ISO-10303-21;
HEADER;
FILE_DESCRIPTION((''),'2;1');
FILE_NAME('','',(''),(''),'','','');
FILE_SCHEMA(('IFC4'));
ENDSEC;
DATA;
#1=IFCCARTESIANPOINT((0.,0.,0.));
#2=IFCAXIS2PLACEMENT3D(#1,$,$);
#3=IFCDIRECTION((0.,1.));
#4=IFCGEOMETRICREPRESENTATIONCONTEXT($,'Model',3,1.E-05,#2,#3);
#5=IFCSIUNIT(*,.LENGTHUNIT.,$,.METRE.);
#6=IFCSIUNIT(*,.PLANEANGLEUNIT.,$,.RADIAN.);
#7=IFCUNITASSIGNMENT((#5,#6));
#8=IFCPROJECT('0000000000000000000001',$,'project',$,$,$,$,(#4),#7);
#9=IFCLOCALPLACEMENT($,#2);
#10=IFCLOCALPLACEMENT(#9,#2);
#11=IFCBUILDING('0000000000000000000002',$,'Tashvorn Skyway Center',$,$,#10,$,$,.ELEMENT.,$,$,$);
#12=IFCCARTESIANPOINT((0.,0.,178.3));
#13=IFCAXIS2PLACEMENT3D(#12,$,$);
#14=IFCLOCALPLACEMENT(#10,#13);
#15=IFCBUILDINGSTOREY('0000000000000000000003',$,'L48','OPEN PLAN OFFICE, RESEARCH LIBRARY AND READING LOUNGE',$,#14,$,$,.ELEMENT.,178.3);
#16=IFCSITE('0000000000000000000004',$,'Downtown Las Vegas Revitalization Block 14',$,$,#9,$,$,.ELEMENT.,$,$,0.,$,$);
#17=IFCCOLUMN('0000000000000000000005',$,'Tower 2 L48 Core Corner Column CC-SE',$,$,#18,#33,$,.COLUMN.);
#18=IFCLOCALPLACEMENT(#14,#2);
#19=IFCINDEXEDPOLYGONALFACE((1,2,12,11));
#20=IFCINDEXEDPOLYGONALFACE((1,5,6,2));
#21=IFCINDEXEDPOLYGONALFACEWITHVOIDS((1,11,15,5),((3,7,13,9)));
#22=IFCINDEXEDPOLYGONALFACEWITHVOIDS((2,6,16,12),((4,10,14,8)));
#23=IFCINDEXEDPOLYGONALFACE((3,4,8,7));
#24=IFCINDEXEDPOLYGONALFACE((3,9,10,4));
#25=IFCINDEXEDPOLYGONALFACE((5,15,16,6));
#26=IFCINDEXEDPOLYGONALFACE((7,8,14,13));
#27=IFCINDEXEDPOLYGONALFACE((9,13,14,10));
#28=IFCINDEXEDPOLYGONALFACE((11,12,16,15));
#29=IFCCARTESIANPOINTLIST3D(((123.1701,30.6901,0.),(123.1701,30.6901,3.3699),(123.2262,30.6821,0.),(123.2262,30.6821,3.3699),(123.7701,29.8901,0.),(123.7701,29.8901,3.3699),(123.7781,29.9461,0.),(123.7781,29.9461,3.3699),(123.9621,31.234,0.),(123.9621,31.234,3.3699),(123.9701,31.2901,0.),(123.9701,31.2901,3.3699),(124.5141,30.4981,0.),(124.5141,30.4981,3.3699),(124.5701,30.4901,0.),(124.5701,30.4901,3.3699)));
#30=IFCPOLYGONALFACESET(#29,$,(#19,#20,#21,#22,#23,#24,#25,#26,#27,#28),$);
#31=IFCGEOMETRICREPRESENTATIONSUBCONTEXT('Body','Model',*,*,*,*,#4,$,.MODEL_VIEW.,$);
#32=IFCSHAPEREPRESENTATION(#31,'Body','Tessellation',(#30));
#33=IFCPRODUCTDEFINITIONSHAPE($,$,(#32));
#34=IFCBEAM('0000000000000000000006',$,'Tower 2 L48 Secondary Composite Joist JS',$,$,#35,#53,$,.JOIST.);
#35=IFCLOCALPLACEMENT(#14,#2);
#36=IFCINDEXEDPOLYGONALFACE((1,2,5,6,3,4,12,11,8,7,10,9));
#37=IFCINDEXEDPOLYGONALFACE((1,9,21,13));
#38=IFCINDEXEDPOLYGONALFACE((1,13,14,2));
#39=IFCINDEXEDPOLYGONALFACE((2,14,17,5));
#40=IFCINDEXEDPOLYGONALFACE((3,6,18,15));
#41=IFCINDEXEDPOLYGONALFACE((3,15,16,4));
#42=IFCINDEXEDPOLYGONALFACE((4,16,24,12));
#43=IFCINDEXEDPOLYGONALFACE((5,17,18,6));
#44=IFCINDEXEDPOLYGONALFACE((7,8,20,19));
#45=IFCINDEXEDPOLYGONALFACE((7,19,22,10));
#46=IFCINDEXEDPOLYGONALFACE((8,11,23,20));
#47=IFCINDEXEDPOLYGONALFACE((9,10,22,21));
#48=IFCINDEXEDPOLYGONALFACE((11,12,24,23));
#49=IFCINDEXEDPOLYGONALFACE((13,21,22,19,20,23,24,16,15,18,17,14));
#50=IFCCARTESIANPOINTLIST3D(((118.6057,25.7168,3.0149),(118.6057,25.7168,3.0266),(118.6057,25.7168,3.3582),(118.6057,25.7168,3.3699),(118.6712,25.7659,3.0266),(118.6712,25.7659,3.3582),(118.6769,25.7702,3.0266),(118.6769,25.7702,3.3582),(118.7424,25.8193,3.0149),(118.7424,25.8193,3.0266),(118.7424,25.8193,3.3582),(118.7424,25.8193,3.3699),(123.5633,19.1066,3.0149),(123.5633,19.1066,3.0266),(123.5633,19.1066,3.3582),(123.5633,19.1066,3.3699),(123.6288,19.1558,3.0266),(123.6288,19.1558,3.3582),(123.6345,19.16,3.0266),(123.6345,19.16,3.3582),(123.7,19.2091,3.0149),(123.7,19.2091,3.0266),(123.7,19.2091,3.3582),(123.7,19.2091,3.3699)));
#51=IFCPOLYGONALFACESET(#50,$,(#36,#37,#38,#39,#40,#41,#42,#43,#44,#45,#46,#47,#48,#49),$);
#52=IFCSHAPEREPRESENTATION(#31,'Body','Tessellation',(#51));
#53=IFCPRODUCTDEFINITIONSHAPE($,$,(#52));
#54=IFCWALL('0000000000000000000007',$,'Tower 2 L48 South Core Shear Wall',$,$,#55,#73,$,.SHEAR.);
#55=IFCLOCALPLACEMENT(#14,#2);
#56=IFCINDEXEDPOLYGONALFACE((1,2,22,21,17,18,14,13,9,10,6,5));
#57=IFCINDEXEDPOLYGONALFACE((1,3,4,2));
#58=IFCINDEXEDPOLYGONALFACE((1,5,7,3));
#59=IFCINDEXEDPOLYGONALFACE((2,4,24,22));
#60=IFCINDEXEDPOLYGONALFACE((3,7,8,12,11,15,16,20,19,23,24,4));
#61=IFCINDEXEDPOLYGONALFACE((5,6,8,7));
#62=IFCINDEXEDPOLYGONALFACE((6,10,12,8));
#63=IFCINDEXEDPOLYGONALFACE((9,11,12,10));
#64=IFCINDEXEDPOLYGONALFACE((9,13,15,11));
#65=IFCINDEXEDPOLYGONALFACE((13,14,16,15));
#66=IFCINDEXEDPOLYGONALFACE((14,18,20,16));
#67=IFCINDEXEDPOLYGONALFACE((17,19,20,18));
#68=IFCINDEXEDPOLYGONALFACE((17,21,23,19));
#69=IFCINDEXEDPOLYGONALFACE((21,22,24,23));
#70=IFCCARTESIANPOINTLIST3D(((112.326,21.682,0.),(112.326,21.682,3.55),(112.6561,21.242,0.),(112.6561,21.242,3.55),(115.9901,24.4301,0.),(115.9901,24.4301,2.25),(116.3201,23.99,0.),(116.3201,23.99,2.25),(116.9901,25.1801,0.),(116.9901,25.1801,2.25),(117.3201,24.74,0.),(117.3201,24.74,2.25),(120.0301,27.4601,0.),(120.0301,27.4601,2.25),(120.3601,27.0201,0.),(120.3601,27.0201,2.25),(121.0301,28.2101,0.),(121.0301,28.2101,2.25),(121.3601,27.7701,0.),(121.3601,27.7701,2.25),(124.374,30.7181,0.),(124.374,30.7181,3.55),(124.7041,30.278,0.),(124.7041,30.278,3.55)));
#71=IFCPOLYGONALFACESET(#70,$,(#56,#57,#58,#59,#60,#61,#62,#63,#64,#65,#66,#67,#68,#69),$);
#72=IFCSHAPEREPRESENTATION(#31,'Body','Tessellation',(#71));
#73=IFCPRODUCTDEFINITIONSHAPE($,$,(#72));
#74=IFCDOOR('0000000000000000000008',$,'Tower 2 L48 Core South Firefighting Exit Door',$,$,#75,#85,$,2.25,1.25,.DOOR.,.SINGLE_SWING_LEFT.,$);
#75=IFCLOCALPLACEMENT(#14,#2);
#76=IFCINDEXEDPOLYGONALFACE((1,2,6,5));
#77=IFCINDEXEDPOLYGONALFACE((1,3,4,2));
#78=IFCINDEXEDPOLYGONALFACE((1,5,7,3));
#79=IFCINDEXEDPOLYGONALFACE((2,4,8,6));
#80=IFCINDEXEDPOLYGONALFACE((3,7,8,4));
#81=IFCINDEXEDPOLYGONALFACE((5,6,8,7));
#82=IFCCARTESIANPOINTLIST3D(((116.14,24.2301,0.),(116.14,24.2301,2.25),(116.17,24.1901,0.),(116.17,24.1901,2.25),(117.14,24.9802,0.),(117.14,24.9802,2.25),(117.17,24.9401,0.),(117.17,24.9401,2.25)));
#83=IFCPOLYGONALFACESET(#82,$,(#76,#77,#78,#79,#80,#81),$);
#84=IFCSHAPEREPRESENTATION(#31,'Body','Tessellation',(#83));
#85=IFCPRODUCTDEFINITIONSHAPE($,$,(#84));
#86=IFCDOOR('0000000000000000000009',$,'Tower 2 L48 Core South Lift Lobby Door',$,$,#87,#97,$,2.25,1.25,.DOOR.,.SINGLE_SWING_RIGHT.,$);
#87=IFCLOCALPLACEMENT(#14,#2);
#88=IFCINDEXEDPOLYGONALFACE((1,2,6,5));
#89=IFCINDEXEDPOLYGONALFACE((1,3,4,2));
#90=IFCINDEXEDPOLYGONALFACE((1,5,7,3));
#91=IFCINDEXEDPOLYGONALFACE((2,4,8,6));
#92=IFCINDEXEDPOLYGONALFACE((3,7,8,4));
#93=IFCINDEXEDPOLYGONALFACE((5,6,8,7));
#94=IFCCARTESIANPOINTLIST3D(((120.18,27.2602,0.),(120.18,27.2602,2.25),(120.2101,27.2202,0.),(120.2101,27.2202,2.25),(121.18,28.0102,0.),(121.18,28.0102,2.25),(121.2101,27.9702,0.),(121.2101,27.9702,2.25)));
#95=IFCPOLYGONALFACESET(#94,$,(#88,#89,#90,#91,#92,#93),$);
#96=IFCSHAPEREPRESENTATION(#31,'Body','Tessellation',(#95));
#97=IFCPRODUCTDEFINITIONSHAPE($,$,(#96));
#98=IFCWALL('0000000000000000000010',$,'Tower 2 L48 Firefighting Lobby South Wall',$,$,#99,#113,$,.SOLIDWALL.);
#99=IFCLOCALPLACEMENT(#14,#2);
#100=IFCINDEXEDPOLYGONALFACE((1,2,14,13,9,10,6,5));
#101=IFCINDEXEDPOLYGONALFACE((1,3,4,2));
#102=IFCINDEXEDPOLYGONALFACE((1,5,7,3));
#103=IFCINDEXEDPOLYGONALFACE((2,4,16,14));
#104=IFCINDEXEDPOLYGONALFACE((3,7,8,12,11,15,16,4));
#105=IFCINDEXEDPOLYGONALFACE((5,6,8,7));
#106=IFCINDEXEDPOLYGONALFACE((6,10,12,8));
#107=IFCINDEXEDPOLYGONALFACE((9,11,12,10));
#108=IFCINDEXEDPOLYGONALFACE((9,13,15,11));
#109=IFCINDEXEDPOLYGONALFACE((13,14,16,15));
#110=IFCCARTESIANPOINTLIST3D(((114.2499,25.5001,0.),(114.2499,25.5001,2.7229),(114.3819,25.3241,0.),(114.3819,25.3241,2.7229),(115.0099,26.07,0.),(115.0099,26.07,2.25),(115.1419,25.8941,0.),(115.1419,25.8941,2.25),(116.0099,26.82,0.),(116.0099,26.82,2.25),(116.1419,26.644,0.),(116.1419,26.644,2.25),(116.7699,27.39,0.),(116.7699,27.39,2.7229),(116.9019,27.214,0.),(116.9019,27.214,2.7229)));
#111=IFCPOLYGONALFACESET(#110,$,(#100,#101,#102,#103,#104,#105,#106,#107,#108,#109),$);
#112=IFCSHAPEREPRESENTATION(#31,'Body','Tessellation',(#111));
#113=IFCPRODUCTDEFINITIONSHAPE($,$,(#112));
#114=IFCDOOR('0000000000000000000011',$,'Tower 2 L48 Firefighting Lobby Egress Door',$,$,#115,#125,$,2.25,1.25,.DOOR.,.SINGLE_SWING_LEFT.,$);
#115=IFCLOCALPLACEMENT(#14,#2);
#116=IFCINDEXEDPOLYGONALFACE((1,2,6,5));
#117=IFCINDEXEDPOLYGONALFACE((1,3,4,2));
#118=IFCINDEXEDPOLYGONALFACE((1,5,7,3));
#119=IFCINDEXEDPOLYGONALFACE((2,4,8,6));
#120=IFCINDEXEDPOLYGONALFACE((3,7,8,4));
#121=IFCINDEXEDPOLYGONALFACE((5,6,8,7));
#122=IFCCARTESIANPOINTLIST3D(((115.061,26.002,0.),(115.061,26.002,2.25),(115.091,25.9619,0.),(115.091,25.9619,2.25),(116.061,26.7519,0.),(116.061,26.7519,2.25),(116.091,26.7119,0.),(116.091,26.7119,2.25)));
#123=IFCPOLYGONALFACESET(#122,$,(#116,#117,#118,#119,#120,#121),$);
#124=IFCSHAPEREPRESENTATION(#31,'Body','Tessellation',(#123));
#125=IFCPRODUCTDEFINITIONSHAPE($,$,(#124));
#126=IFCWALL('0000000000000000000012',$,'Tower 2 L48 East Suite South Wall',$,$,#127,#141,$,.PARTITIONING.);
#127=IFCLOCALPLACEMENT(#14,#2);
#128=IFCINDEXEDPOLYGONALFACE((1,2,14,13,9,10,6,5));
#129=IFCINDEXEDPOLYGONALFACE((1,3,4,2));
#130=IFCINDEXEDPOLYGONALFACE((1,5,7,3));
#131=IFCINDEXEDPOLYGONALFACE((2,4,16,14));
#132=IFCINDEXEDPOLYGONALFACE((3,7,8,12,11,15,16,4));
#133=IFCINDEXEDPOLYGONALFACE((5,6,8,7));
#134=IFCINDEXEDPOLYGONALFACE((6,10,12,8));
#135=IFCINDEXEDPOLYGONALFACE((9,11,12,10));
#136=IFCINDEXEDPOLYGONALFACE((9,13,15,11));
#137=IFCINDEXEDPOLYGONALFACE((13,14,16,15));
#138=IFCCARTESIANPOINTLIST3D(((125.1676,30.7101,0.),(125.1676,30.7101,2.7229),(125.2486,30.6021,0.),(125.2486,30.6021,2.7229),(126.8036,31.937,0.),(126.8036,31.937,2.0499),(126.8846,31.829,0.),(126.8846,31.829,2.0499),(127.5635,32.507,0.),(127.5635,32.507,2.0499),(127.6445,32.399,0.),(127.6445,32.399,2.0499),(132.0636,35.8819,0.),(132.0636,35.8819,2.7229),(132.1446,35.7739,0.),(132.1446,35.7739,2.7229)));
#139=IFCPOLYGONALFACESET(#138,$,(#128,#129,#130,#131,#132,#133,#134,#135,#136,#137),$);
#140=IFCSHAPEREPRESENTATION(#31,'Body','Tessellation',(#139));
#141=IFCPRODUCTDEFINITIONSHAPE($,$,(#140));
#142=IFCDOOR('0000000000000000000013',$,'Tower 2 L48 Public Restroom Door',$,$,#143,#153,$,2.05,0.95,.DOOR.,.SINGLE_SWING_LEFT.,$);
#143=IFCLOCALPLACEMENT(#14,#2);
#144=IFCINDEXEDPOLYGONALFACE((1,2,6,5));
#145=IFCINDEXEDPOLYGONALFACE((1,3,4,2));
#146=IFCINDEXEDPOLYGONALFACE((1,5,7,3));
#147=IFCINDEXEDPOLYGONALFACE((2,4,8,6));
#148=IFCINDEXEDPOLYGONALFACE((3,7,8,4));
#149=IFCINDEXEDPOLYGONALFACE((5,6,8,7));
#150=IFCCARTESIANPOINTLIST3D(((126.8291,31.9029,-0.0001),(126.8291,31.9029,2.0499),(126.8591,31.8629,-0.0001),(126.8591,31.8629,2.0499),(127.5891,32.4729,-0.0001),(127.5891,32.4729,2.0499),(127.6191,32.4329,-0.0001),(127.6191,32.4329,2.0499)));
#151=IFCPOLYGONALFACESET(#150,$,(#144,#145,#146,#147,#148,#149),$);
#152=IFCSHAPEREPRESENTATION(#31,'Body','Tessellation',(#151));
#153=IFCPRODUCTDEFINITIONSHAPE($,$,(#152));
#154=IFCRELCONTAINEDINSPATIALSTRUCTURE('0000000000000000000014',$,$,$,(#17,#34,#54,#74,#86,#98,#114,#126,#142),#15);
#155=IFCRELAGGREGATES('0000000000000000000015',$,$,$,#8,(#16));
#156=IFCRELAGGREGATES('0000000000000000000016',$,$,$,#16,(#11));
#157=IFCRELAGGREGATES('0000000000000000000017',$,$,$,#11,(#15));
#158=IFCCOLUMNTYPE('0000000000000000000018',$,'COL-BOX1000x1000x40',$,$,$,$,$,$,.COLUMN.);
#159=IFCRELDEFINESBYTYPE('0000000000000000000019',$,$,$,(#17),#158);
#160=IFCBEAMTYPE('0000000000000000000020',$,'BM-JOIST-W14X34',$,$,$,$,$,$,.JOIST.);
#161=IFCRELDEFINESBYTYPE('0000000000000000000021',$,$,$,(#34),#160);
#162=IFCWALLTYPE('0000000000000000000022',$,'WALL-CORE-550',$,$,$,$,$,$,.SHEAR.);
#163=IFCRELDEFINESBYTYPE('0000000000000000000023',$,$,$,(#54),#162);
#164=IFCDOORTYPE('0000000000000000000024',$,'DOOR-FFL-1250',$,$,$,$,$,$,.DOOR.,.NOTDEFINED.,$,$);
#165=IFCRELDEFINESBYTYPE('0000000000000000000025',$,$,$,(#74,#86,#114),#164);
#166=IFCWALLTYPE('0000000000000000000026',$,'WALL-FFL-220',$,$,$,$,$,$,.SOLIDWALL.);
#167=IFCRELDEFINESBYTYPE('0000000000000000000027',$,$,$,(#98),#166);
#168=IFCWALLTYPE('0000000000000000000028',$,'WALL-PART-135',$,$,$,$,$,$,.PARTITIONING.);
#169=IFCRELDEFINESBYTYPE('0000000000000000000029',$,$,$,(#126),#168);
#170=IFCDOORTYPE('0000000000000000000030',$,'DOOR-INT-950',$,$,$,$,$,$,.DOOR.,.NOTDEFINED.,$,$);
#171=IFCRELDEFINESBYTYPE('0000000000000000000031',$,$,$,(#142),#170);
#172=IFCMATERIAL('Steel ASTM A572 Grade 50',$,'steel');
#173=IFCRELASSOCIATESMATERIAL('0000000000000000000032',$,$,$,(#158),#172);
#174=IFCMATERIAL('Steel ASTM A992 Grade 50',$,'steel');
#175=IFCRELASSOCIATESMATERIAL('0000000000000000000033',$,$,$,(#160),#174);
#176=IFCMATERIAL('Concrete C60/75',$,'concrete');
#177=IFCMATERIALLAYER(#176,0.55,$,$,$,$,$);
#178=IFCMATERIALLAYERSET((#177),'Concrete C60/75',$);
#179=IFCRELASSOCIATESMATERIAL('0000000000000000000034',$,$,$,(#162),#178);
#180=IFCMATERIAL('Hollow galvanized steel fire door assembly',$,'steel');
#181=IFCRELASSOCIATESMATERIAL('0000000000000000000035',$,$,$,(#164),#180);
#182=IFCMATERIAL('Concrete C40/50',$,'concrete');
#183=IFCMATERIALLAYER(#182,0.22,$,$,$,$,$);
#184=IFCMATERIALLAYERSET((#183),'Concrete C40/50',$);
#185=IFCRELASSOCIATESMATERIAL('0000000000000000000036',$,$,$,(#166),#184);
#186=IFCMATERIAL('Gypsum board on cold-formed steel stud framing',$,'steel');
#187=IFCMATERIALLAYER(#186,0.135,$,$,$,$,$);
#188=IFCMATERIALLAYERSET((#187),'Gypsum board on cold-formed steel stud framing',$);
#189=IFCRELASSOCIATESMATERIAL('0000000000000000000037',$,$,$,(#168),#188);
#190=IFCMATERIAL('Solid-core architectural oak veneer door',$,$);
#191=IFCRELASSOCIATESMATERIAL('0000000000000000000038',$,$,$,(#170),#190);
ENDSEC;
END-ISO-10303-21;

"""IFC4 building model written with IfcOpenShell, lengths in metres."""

from ifc_helpers import new_model, si_unit, direction, frame, frame_2d, origin, origin_2d, place, context, subcontext, project, spatial, rectangle, hollow_rectangle, i_section, extrude, material, layer, layer_set, material_profile, profile_set, type_object, element, fill, save


model = new_model("IFC4")

# Units and contexts
model_context = context("Model", 3, precision=1e-05, world=origin(), true_north=direction((0.0, 1.0)))
body_context = subcontext(model_context, "Body", "Model", "MODEL_VIEW")
ifc_project = project(units=[si_unit("LENGTHUNIT", "METRE"), si_unit("PLANEANGLEUNIT", "RADIAN")], contexts=[model_context])

# Site, building, storey
site_placement = place(None, origin())
site = spatial("IfcSite", under=ifc_project, at=site_placement, Name="Downtown Las Vegas Revitalization Block 14", CompositionType="ELEMENT", RefElevation=0.0)
building_placement = place(site_placement, origin())
building = spatial("IfcBuilding", under=site, at=building_placement, Name="Tashvorn Skyway Center", CompositionType="ELEMENT")
storey_placement = place(building_placement, frame((0.0, 0.0, 178.3)))
storey = spatial("IfcBuildingStorey", under=building, at=storey_placement, Name="L48", Description="OPEN PLAN OFFICE, RESEARCH LIBRARY AND READING LOUNGE", CompositionType="ELEMENT", Elevation=178.3)

# Column
ifc_material_1 = material(Name="Steel ASTM A572 Grade 50", Category="steel")
ifc_material_profile_1 = material_profile(ifc_material_1, hollow_rectangle(XDim=1.0, YDim=1.0, WallThickness=0.04, at=origin_2d()), Name="BOX1000x1000x40")
ifc_profile_set_1 = profile_set([ifc_material_profile_1], Name="Steel ASTM A572 Grade 50")
column_type = type_object("IfcColumnType", Name="COL-BOX1000x1000x40", PredefinedType="COLUMN", material=ifc_profile_set_1)
column_placement = place(storey_placement, frame((123.8701, 30.5901, 0.0), z_axis=(0.0, 0.0, 1.0), x_axis=(0.8, 0.6, 0.0)))
element("IfcColumn", 1, at=column_placement, inside=storey, type_object=column_type, Name="Tower 2 L48 Core Corner Column CC-SE", PredefinedType="COLUMN", context=body_context, shape_type="SweptSolid", body=[
    extrude(hollow_rectangle(XDim=1.0, YDim=1.0, WallThickness=0.04, at=origin_2d()), origin(), (0.0, 0.0, 1.0), 3.3699),
])

# Beam
ifc_material_2 = material(Name="Steel ASTM A992 Grade 50", Category="steel")
ifc_material_profile_2 = material_profile(ifc_material_2, i_section(OverallWidth=0.1709, OverallDepth=0.355, WebThickness=0.0071, FlangeThickness=0.0117, at=origin_2d()), Name="W14X34")
ifc_profile_set_2 = profile_set([ifc_material_profile_2], Name="Steel ASTM A992 Grade 50")
beam_type = type_object("IfcBeamType", Name="BM-JOIST-W14X34", PredefinedType="JOIST", material=ifc_profile_set_2)
beam_placement = place(storey_placement, frame((118.6741, 25.7681, 3.1924), z_axis=(0.599995, -0.800004, 0.0), x_axis=(0.800004, 0.599995, 0.0)))
element("IfcBeam", 2, at=beam_placement, inside=storey, type_object=beam_type, Name="Tower 2 L48 Secondary Composite Joist JS", PredefinedType="JOIST", context=body_context, shape_type="SweptSolid", body=[
    extrude(i_section(OverallWidth=0.1709, OverallDepth=0.355, WebThickness=0.0071, FlangeThickness=0.0117, at=origin_2d()), origin(), (0.0, 0.0, 1.0), 8.2627),
])

# Wall, openings, doors
ifc_material_3 = material(Name="Concrete C60/75", Category="concrete")
ifc_layer_1 = layer(ifc_material_3, 0.55)
ifc_layer_set_1 = layer_set([ifc_layer_1], Name="Concrete C60/75")
wall_type_1 = type_object("IfcWallType", Name="WALL-CORE-550", PredefinedType="SHEAR", material=ifc_layer_set_1)
wall_1_placement = place(storey_placement, frame((124.5391, 30.498, 0.0), z_axis=(0.0, 0.0, 1.0), x_axis=(-0.799998, -0.600003, 0.0)))
wall_1 = element("IfcWall", 3, at=wall_1_placement, inside=storey, type_object=wall_type_1, Name="Tower 2 L48 South Core Shear Wall", PredefinedType="SHEAR", context=body_context, shape_type="SweptSolid", body=[
    extrude(rectangle(XDim=15.0601, YDim=0.55, at=frame_2d((7.53, 0.0))), origin(), (0.0, 0.0, 1.0), 3.55),
])
opening_1_placement = place(wall_1_placement, frame((9.23, 0.0, 0.0)))
opening_1 = element("IfcOpeningElement", 4, at=opening_1_placement, cuts=wall_1, PredefinedType="OPENING", context=body_context, shape_type="SweptSolid", body=[
    extrude(rectangle(XDim=1.25, YDim=2.25, at=frame_2d((0.625, 1.125))), frame((0.0, 0.2849, 0.0), z_axis=(0.0, -1.0, 0.0), x_axis=(1.0, 0.0, 0.0)), (0.0, 0.0, 1.0), 0.5701),
])
opening_2_placement = place(wall_1_placement, frame((4.1799, 0.0, 0.0)))
opening_2 = element("IfcOpeningElement", 5, at=opening_2_placement, cuts=wall_1, PredefinedType="OPENING", context=body_context, shape_type="SweptSolid", body=[
    extrude(rectangle(XDim=1.25, YDim=2.25, at=frame_2d((0.625, 1.125))), frame((0.0, 0.2849, 0.0), z_axis=(0.0, -1.0, 0.0), x_axis=(1.0, 0.0, 0.0)), (0.0, 0.0, 1.0), 0.5701),
])
ifc_material_4 = material(Name="Hollow galvanized steel fire door assembly", Category="steel")
door_type_1 = type_object("IfcDoorType", Name="DOOR-FFL-1250", OperationType="NOTDEFINED", PredefinedType="DOOR", material=ifc_material_4)
door_1_placement = place(opening_1_placement, origin())
door_1 = element("IfcDoor", 6, at=door_1_placement, inside=storey, type_object=door_type_1, Name="Tower 2 L48 Core South Firefighting Exit Door", OperationType="SINGLE_SWING_LEFT", OverallHeight=2.25, OverallWidth=1.25, PredefinedType="DOOR", context=body_context, shape_type="SweptSolid", body=[
    extrude(rectangle(XDim=1.25, YDim=2.25, at=frame_2d((0.625, 1.125))), frame((0.0, 0.0249, 0.0), z_axis=(0.0, -1.0, 0.0), x_axis=(1.0, 0.0, 0.0)), (0.0, 0.0, 1.0), 0.05),
])
fill(opening_1, door_1)
door_2_placement = place(opening_2_placement, origin())
door_2 = element("IfcDoor", 7, at=door_2_placement, inside=storey, type_object=door_type_1, Name="Tower 2 L48 Core South Lift Lobby Door", OperationType="SINGLE_SWING_RIGHT", OverallHeight=2.25, OverallWidth=1.25, PredefinedType="DOOR", context=body_context, shape_type="SweptSolid", body=[
    extrude(rectangle(XDim=1.25, YDim=2.25, at=frame_2d((0.625, 1.125))), frame((0.0, 0.0249, 0.0), z_axis=(0.0, -1.0, 0.0), x_axis=(1.0, 0.0, 0.0)), (0.0, 0.0, 1.0), 0.05),
])
fill(opening_2, door_2)

# Walls, openings, doors
ifc_material_5 = material(Name="Concrete C40/50", Category="concrete")
ifc_layer_2 = layer(ifc_material_5, 0.22)
ifc_layer_set_2 = layer_set([ifc_layer_2], Name="Concrete C40/50")
wall_type_2 = type_object("IfcWallType", Name="WALL-FFL-220", PredefinedType="SOLIDWALL", material=ifc_layer_set_2)
wall_2_placement = place(storey_placement, frame((114.3159, 25.4121, 0.0), z_axis=(0.0, 0.0, 1.0), x_axis=(0.800019, 0.599975, 0.0)))
wall_2 = element("IfcWall", 8, at=wall_2_placement, inside=storey, type_object=wall_type_2, Name="Tower 2 L48 Firefighting Lobby South Wall", PredefinedType="SOLIDWALL", context=body_context, shape_type="SweptSolid", body=[
    extrude(rectangle(XDim=3.1499, YDim=0.22, at=frame_2d((1.575, 0.0))), origin(), (0.0, 0.0, 1.0), 2.7229),
])
opening_3_placement = place(wall_2_placement, frame((0.95, 0.0, 0.0)))
opening_3 = element("IfcOpeningElement", 9, at=opening_3_placement, cuts=wall_2, PredefinedType="OPENING", context=body_context, shape_type="SweptSolid", body=[
    extrude(rectangle(XDim=1.25, YDim=2.25, at=frame_2d((0.625, 1.125))), frame((0.0, 0.1199, 0.0), z_axis=(0.0, -1.0, 0.0), x_axis=(1.0, 0.0, 0.0)), (0.0, 0.0, 1.0), 0.24),
])
door_3_placement = place(opening_3_placement, origin())
door_3 = element("IfcDoor", 10, at=door_3_placement, inside=storey, type_object=door_type_1, Name="Tower 2 L48 Firefighting Lobby Egress Door", OperationType="SINGLE_SWING_LEFT", OverallHeight=2.25, OverallWidth=1.25, PredefinedType="DOOR", context=body_context, shape_type="SweptSolid", body=[
    extrude(rectangle(XDim=1.25, YDim=2.25, at=frame_2d((0.625, 1.125))), frame((0.0, 0.0249, 0.0), z_axis=(0.0, -1.0, 0.0), x_axis=(1.0, 0.0, 0.0)), (0.0, 0.0, 1.0), 0.05),
])
fill(opening_3, door_3)
ifc_material_6 = material(Name="Gypsum board on cold-formed steel stud framing", Category="steel")
ifc_layer_3 = layer(ifc_material_6, 0.135)
ifc_layer_set_3 = layer_set([ifc_layer_3], Name="Gypsum board on cold-formed steel stud framing")
wall_type_3 = type_object("IfcWallType", Name="WALL-PART-135", PredefinedType="PARTITIONING", material=ifc_layer_set_3)
wall_3_placement = place(storey_placement, frame((125.208, 30.656, 0.0), z_axis=(0.0, 0.0, 1.0), x_axis=(0.800007, 0.599991, 0.0)))
wall_3 = element("IfcWall", 11, at=wall_3_placement, inside=storey, type_object=wall_type_3, Name="Tower 2 L48 East Suite South Wall", PredefinedType="PARTITIONING", context=body_context, shape_type="SweptSolid", body=[
    extrude(rectangle(XDim=8.6199, YDim=0.135, at=frame_2d((4.3101, 0.0))), origin(), (0.0, 0.0, 1.0), 2.7229),
])
opening_4_placement = place(wall_3_placement, frame((2.0449, 0.0, 0.0)))
opening_4 = element("IfcOpeningElement", 12, at=opening_4_placement, cuts=wall_3, PredefinedType="OPENING", context=body_context, shape_type="SweptSolid", body=[
    extrude(rectangle(XDim=0.95, YDim=2.05, at=frame_2d((0.4751, 1.0249))), frame((0.0, 0.0774, 0.0), z_axis=(0.0, -1.0, 0.0), x_axis=(1.0, 0.0, 0.0)), (0.0, 0.0, 1.0), 0.155),
])
ifc_material_7 = material(Name="Solid-core architectural oak veneer door")
door_type_2 = type_object("IfcDoorType", Name="DOOR-INT-950", OperationType="NOTDEFINED", PredefinedType="DOOR", material=ifc_material_7)
door_4_placement = place(opening_4_placement, origin())
door_4 = element("IfcDoor", 13, at=door_4_placement, inside=storey, type_object=door_type_2, Name="Tower 2 L48 Public Restroom Door", OperationType="SINGLE_SWING_LEFT", OverallHeight=2.05, OverallWidth=0.95, PredefinedType="DOOR", context=body_context, shape_type="SweptSolid", body=[
    extrude(rectangle(XDim=0.95, YDim=2.05, at=frame_2d((0.4751, 1.0249))), frame((0.0, 0.0249, 0.0), z_axis=(0.0, -1.0, 0.0), x_axis=(1.0, 0.0, 0.0)), (0.0, 0.0, 1.0), 0.05),
])
fill(opening_4, door_4)

save(model, "model.ifc")
